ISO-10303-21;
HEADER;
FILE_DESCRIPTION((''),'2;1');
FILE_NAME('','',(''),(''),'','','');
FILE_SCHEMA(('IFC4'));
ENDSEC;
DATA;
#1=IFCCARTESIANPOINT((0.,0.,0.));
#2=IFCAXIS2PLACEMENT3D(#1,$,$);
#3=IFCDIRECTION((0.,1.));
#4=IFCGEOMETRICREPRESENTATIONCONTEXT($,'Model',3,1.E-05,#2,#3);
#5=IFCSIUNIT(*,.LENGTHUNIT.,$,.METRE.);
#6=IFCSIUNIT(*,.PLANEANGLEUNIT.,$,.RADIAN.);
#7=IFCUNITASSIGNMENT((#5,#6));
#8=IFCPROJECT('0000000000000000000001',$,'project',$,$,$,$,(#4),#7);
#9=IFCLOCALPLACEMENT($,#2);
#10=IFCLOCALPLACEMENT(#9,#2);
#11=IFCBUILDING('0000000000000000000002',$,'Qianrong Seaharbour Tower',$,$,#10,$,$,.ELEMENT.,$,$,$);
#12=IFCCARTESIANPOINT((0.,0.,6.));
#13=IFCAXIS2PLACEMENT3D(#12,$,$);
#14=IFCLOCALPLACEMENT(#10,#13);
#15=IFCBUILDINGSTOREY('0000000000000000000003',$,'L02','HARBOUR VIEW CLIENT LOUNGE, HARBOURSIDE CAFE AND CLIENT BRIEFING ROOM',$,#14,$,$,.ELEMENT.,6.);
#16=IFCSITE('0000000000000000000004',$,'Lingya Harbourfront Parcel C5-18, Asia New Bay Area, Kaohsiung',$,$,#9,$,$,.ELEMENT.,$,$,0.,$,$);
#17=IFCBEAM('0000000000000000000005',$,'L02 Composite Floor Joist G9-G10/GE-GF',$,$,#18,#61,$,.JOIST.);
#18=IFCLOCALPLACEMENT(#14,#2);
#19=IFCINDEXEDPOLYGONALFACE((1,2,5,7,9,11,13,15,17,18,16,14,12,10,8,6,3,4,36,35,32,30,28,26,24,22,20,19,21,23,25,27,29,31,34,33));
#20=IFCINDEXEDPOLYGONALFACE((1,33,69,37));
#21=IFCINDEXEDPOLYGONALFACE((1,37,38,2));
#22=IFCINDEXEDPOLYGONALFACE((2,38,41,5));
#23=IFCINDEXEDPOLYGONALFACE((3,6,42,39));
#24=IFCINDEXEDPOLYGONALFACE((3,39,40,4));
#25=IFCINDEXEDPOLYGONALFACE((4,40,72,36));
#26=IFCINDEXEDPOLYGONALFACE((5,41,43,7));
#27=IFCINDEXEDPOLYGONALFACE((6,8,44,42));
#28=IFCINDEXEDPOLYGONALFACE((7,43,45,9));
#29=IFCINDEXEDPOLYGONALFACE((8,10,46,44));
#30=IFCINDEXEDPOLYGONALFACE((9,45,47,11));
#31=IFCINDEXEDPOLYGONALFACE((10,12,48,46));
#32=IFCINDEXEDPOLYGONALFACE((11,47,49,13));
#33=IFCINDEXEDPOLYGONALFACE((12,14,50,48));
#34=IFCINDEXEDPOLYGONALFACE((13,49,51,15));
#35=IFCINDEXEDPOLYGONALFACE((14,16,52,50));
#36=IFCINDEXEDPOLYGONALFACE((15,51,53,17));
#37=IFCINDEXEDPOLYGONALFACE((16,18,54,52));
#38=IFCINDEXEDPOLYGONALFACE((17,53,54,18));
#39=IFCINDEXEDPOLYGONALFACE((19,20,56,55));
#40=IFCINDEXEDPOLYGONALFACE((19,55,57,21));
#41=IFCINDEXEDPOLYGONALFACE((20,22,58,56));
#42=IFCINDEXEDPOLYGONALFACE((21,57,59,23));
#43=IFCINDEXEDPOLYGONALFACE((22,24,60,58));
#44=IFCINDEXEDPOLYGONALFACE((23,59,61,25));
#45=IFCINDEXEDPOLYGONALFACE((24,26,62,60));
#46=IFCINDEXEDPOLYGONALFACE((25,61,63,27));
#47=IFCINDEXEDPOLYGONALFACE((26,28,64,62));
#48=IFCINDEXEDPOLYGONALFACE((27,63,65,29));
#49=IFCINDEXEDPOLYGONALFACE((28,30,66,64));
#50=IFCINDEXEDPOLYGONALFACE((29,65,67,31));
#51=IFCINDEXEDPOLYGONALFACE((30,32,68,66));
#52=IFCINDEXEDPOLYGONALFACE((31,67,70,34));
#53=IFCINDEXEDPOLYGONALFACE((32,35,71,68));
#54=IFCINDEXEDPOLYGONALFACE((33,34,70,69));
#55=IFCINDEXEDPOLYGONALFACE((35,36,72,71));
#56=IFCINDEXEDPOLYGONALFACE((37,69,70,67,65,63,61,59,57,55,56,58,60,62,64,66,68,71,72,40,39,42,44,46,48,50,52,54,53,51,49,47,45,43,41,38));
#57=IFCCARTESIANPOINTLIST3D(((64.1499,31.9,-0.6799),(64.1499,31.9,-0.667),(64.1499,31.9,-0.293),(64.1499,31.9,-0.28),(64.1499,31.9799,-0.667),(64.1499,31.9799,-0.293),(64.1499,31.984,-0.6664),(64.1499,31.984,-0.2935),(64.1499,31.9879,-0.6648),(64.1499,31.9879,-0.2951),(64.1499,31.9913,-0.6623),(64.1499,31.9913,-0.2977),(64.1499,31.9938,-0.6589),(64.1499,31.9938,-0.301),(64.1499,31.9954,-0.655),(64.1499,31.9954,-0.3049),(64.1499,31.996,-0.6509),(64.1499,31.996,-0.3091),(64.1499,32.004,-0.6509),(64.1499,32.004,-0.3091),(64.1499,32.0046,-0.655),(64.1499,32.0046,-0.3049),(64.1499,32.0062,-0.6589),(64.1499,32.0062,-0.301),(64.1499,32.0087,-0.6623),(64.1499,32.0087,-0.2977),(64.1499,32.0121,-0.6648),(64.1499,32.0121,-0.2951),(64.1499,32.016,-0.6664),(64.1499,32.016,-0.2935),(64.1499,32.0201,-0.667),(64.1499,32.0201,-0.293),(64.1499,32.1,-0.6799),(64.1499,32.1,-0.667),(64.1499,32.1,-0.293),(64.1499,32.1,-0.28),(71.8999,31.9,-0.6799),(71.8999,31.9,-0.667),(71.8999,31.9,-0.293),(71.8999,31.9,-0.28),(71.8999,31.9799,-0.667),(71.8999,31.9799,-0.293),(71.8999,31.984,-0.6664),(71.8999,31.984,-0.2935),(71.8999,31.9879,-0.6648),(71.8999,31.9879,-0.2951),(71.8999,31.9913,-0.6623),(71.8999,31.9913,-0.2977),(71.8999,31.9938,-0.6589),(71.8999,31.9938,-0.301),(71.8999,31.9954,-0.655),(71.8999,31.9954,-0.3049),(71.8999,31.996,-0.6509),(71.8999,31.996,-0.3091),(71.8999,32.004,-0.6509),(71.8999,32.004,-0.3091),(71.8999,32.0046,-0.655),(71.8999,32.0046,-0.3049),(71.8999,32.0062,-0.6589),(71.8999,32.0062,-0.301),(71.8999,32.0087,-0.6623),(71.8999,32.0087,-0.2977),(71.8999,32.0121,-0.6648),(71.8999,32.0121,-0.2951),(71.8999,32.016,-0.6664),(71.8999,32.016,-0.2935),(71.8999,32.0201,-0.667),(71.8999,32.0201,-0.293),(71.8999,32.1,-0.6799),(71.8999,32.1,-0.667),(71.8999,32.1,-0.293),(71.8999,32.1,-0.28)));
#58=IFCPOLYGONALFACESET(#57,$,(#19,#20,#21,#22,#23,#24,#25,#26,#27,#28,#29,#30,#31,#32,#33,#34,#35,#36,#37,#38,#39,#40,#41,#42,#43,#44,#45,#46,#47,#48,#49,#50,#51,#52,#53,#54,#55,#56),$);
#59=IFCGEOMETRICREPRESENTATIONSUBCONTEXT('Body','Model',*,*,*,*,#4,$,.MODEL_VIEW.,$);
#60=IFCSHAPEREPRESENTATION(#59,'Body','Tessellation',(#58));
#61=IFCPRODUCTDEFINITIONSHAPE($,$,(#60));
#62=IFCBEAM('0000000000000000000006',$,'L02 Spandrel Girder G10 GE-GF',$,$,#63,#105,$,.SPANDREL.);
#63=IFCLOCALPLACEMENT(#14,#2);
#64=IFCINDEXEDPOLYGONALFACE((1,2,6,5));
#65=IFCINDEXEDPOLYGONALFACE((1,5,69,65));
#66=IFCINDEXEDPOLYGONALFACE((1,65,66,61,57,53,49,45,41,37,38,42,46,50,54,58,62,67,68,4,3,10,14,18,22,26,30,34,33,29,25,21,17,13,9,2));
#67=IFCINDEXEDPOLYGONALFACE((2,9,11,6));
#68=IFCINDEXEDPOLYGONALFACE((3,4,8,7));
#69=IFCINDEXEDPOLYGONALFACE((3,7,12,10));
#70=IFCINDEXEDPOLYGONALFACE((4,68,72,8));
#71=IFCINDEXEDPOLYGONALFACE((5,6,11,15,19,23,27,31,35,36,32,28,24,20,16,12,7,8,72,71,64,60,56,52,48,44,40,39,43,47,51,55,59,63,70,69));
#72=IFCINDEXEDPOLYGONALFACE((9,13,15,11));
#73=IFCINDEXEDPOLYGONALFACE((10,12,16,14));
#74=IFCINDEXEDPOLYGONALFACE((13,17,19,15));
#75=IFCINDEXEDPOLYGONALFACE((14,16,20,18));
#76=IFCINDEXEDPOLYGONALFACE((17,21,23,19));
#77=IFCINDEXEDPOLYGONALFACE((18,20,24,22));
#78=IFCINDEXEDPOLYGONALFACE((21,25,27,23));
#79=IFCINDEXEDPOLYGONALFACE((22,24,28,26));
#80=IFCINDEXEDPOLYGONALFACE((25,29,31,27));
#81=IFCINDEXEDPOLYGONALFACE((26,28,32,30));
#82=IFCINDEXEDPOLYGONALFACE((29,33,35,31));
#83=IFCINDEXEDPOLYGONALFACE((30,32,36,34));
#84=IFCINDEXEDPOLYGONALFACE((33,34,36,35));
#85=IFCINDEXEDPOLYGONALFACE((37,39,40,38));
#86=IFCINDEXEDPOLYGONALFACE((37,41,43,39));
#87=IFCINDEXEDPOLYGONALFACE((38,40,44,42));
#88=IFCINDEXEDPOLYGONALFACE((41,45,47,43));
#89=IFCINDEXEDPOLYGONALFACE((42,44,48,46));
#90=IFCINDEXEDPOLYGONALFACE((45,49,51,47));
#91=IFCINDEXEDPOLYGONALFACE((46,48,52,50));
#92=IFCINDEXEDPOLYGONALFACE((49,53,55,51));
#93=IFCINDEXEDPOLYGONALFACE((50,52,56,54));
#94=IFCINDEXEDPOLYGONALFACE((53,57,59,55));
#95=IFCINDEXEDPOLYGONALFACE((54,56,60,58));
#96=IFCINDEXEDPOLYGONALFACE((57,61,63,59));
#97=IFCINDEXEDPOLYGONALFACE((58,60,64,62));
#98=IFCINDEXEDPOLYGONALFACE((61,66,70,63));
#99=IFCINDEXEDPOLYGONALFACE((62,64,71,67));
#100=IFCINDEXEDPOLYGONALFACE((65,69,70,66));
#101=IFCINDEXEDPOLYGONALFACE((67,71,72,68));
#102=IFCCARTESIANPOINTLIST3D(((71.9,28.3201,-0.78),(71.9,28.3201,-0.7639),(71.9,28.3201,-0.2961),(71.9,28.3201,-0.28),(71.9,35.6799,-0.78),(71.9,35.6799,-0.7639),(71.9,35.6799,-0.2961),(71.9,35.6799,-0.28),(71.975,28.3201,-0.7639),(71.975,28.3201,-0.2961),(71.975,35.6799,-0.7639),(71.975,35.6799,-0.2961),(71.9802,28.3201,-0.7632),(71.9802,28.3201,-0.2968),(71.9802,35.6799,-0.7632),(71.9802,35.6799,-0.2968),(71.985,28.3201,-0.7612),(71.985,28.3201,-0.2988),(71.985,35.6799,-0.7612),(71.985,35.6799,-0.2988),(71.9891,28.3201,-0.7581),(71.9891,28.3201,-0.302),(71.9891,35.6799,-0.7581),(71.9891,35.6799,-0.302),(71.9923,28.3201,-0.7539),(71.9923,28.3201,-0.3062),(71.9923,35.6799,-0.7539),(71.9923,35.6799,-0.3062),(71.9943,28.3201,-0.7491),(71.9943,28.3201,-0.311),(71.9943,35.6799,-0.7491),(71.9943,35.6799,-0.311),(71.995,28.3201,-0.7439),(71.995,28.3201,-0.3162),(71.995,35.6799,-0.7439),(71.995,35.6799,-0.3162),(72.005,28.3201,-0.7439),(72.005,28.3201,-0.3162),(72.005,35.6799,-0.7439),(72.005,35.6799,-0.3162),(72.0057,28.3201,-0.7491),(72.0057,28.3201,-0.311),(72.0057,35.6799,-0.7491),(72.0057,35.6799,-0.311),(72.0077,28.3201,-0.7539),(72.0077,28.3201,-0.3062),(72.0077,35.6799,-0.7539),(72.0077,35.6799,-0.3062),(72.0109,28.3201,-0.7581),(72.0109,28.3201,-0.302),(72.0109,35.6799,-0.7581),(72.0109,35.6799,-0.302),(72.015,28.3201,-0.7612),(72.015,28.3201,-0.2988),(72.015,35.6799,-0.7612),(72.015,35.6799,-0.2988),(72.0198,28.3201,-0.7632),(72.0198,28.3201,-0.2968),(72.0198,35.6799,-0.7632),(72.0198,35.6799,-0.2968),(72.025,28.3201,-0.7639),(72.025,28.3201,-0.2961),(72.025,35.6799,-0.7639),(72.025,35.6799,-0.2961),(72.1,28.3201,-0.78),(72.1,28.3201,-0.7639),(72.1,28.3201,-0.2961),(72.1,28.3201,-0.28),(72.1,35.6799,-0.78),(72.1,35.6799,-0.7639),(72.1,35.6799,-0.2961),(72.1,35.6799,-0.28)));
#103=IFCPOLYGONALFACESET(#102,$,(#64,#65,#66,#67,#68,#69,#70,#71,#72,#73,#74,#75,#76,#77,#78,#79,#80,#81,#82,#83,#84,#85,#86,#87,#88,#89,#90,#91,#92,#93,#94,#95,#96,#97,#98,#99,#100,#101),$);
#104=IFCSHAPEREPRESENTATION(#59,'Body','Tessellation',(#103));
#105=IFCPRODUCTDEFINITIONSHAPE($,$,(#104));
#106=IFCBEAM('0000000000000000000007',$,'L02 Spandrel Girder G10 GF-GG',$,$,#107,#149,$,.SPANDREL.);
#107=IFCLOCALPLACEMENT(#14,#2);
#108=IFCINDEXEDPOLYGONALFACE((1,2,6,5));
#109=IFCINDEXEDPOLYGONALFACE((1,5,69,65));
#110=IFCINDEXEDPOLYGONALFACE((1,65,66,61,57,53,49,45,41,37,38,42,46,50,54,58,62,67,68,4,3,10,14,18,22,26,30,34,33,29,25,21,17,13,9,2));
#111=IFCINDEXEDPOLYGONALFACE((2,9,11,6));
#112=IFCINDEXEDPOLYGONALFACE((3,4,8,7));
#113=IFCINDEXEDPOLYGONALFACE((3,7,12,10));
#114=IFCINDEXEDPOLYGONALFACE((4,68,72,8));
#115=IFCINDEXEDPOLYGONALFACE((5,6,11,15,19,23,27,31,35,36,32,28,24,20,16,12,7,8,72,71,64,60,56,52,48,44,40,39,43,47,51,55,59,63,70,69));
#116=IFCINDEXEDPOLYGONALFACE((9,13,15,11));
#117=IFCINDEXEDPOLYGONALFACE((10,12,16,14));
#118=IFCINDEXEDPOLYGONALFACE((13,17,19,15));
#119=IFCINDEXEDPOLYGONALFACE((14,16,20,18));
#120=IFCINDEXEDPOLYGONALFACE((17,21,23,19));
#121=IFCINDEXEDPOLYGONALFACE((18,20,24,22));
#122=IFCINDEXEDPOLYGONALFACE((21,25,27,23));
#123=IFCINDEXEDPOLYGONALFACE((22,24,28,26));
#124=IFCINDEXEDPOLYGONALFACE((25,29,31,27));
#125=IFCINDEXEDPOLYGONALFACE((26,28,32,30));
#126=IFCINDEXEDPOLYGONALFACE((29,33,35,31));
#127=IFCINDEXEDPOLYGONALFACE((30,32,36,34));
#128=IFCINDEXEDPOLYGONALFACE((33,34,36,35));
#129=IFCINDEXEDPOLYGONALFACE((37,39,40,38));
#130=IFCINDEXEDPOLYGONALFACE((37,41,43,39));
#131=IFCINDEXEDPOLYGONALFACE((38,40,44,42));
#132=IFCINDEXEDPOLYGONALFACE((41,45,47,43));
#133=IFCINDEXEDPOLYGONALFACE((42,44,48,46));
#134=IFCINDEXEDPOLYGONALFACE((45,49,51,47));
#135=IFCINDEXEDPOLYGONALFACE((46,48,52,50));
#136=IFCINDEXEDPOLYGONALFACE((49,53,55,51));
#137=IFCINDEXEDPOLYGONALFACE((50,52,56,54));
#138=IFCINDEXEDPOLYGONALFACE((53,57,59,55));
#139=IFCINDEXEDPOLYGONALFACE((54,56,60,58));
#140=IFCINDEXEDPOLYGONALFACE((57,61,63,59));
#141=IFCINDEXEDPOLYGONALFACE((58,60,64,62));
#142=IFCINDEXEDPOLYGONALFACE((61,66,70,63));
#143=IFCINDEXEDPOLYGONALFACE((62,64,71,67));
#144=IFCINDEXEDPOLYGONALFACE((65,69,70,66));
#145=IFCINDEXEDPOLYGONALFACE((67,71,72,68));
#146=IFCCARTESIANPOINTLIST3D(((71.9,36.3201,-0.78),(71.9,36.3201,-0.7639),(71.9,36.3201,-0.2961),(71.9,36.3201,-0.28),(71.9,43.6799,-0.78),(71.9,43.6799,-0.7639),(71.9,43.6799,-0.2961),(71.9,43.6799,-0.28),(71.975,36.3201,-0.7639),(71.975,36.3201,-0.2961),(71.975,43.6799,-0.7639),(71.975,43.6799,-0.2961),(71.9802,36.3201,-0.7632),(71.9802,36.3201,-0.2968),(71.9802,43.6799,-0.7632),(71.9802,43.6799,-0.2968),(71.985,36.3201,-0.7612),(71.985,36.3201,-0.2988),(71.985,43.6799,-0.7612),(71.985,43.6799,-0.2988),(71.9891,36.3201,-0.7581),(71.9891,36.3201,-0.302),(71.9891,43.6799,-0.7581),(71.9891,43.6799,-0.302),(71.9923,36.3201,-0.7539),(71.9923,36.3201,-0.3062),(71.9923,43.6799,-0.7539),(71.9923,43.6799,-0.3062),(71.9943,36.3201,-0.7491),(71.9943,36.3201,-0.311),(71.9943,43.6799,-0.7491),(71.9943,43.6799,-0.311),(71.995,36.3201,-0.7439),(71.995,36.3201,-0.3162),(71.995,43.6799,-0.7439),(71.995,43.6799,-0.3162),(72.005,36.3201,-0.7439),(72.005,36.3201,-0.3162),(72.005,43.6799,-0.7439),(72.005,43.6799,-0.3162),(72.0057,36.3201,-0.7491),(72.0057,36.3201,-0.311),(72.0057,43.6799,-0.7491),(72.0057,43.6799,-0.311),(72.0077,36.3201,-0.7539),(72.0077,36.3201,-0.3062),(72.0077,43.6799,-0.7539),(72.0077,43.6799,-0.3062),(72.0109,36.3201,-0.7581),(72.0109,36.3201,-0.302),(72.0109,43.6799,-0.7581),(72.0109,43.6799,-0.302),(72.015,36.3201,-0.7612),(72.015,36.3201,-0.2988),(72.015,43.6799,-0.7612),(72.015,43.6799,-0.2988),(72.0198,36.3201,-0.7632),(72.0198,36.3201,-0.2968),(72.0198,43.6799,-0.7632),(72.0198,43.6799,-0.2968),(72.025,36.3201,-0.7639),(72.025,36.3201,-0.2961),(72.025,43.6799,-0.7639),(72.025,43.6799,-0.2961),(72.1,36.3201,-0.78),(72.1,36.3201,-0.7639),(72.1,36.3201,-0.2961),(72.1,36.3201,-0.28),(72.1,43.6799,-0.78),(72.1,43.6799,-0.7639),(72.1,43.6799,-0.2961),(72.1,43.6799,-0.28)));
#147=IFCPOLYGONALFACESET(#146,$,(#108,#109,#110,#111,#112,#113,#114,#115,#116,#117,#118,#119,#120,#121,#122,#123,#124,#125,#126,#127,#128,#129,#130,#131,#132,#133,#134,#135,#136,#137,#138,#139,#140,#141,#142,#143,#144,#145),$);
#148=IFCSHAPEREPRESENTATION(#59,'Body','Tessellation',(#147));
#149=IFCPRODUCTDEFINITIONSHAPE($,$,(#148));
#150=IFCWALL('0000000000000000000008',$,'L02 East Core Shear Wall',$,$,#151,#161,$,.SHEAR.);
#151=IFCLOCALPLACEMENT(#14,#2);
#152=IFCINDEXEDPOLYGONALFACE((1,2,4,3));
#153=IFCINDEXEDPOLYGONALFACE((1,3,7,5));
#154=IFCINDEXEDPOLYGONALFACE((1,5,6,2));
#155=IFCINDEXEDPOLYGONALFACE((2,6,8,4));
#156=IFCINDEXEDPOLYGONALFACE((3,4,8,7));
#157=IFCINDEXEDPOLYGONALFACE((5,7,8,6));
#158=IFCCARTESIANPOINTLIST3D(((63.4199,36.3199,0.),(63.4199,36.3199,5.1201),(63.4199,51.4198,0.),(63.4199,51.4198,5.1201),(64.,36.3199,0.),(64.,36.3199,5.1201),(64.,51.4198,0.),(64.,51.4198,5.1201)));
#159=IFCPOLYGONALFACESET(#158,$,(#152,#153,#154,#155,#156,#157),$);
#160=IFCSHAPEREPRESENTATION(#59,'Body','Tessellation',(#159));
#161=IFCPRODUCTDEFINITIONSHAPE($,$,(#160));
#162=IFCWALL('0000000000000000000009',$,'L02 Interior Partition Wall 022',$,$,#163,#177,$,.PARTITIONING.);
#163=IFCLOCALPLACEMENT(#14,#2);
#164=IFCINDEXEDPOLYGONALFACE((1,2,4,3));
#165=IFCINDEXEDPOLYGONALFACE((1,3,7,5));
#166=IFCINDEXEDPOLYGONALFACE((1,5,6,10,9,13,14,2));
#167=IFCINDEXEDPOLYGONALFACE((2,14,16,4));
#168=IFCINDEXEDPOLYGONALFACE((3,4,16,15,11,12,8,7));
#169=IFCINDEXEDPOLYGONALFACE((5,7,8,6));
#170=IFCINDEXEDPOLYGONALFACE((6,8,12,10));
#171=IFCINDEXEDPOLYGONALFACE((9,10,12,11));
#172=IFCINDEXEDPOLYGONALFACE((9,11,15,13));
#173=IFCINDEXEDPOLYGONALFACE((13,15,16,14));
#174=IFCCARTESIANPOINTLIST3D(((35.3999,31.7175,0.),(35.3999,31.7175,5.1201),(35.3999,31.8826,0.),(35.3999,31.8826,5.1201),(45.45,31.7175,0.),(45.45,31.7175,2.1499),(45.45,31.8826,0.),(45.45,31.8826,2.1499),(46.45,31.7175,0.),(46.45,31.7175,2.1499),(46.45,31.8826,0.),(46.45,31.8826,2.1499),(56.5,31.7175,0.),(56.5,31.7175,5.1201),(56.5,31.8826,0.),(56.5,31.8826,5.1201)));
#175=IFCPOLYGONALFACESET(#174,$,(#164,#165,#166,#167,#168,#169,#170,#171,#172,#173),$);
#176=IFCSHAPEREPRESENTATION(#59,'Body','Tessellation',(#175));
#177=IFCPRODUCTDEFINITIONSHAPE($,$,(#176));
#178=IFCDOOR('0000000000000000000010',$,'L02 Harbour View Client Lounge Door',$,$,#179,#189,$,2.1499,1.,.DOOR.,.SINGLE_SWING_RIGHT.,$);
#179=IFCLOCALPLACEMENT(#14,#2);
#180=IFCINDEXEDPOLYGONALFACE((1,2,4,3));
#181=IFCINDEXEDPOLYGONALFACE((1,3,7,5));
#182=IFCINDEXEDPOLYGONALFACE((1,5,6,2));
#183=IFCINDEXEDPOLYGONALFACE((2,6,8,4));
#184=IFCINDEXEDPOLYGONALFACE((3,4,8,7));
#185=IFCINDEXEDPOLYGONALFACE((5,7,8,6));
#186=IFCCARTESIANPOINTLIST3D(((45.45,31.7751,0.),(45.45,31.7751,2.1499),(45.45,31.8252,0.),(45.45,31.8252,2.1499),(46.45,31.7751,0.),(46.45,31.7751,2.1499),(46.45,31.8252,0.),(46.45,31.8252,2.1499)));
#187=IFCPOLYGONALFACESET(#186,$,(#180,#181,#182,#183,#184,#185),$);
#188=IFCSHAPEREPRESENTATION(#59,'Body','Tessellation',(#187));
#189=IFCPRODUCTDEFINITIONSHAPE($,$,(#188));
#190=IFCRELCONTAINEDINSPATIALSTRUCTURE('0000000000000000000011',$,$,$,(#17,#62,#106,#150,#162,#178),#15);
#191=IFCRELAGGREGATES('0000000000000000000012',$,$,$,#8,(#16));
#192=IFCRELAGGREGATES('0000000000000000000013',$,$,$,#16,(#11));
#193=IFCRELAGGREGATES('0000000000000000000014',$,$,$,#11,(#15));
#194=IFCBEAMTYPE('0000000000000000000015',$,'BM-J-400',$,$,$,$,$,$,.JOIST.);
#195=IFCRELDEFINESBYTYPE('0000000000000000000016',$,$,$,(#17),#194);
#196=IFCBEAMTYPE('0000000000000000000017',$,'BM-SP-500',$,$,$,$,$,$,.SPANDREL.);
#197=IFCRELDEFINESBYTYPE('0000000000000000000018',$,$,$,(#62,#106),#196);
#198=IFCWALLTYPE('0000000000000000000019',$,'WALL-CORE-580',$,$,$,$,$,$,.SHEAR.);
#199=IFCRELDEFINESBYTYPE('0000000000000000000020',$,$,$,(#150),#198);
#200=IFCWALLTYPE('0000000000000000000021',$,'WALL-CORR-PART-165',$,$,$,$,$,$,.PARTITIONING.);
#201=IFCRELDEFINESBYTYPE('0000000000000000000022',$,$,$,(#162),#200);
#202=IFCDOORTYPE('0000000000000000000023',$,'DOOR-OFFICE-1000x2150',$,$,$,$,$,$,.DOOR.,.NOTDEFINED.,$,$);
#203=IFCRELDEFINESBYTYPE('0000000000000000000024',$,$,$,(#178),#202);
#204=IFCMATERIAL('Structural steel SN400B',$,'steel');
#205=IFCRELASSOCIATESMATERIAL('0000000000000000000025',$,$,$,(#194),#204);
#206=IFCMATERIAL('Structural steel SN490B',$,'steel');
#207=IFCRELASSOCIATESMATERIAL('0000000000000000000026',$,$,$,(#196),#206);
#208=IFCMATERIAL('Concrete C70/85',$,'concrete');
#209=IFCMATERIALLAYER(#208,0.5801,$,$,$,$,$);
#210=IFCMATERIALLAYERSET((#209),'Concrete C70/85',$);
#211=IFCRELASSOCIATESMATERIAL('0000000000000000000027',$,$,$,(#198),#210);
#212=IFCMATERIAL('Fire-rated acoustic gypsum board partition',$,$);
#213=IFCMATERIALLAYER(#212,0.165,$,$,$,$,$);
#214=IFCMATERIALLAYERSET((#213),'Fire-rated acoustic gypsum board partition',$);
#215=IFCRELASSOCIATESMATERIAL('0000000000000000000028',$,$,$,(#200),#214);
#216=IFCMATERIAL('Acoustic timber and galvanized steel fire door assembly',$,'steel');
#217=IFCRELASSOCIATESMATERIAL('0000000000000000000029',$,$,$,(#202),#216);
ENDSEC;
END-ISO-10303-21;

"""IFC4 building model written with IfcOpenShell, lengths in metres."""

from ifc_helpers import new_model, si_unit, direction, frame, frame_2d, origin, origin_2d, place, context, subcontext, project, spatial, rectangle, i_section, extrude, material, layer, layer_set, material_profile, profile_set, type_object, element, fill, save


model = new_model("IFC4")

# Units and contexts
model_context = context("Model", 3, precision=1e-05, world=origin(), true_north=direction((0.0, 1.0)))
body_context = subcontext(model_context, "Body", "Model", "MODEL_VIEW")
ifc_project = project(units=[si_unit("LENGTHUNIT", "METRE"), si_unit("PLANEANGLEUNIT", "RADIAN")], contexts=[model_context])

# Site, building, storey
site_placement = place(None, origin())
site = spatial("IfcSite", under=ifc_project, at=site_placement, Name="Lingya Harbourfront Parcel C5-18, Asia New Bay Area, Kaohsiung", CompositionType="ELEMENT", RefElevation=0.0)
building_placement = place(site_placement, origin())
building = spatial("IfcBuilding", under=site, at=building_placement, Name="Qianrong Seaharbour Tower", CompositionType="ELEMENT")
storey_placement = place(building_placement, frame((0.0, 0.0, 6.0)))
storey = spatial("IfcBuildingStorey", under=building, at=storey_placement, Name="L02", Description="HARBOUR VIEW CLIENT LOUNGE, HARBOURSIDE CAFE AND CLIENT BRIEFING ROOM", CompositionType="ELEMENT", Elevation=6.0)

# Shared definitions
ifc_material_1 = material(Name="Structural steel SN490B", Category="steel")
ifc_material_2 = material(Name="Concrete C70/85", Category="concrete")

# Beams
ifc_material_3 = material(Name="Structural steel SN400B", Category="steel")
ifc_material_profile_1 = material_profile(ifc_material_3, i_section(OverallWidth=0.2, OverallDepth=0.3999, WebThickness=0.0081, FlangeThickness=0.0129, FilletRadius=0.0161, at=origin_2d()), Name="H400x200x8x13")
ifc_profile_set_1 = profile_set([ifc_material_profile_1], Name="Structural steel SN400B")
beam_type_1 = type_object("IfcBeamType", Name="BM-J-400", PredefinedType="JOIST", material=ifc_profile_set_1)
beam_1_placement = place(storey_placement, frame((64.1499, 32.0, -0.48), z_axis=(1.0, 0.0, 0.0), x_axis=(0.0, 1.0, 0.0)))
element("IfcBeam", 1, at=beam_1_placement, inside=storey, type_object=beam_type_1, Name="L02 Composite Floor Joist G9-G10/GE-GF", PredefinedType="JOIST", context=body_context, shape_type="SweptSolid", body=[
    extrude(i_section(OverallWidth=0.2, OverallDepth=0.3999, WebThickness=0.0081, FlangeThickness=0.0129, FilletRadius=0.0161, at=origin_2d()), origin(), (0.0, 0.0, 1.0), 7.75),
])
ifc_material_profile_2 = material_profile(ifc_material_1, i_section(OverallWidth=0.2, OverallDepth=0.5, WebThickness=0.01, FlangeThickness=0.0161, FilletRadius=0.02, at=origin_2d()), Name="H500x200x10x16")
ifc_profile_set_2 = profile_set([ifc_material_profile_2], Name="Structural steel SN490B")
beam_type_2 = type_object("IfcBeamType", Name="BM-SP-500", PredefinedType="SPANDREL", material=ifc_profile_set_2)
for number, where, z_axis, x_axis, name in (
    (2, (72.0, 28.3201, -0.53), (0.0, 1.0, 0.0), (-1.0, 0.0, 0.0), "L02 Spandrel Girder G10 GE-GF"),
    (3, (72.0, 36.3201, -0.53), (0.0, 1.0, 0.0), (-1.0, 0.0, 0.0), "L02 Spandrel Girder G10 GF-GG"),
):
    element("IfcBeam", number, at=place(storey_placement, frame(where, z_axis=z_axis, x_axis=x_axis)), inside=storey, type_object=beam_type_2, Name=name, PredefinedType="SPANDREL", context=body_context, shape_type="SweptSolid", body=[
        extrude(i_section(OverallWidth=0.2, OverallDepth=0.5, WebThickness=0.01, FlangeThickness=0.0161, FilletRadius=0.02, at=origin_2d()), origin(), (0.0, 0.0, 1.0), 7.3599),
    ])

# Wall
ifc_layer_1 = layer(ifc_material_2, 0.5801)
ifc_layer_set_1 = layer_set([ifc_layer_1], Name="Concrete C70/85")
wall_type_1 = type_object("IfcWallType", Name="WALL-CORE-580", PredefinedType="SHEAR", material=ifc_layer_set_1)
wall_1_placement = place(storey_placement, frame((63.71, 36.3201, 0.0), z_axis=(0.0, 0.0, 1.0), x_axis=(0.0, 1.0, 0.0)))
element("IfcWall", 4, at=wall_1_placement, inside=storey, type_object=wall_type_1, Name="L02 East Core Shear Wall", PredefinedType="SHEAR", context=body_context, shape_type="SweptSolid", body=[
    extrude(rectangle(XDim=15.0999, YDim=0.5801, at=frame_2d((7.5498, 0.0))), origin(), (0.0, 0.0, 1.0), 5.1201),
])

# Wall, opening, door
ifc_material_4 = material(Name="Fire-rated acoustic gypsum board partition")
ifc_layer_2 = layer(ifc_material_4, 0.165)
ifc_layer_set_2 = layer_set([ifc_layer_2], Name="Fire-rated acoustic gypsum board partition")
wall_type_2 = type_object("IfcWallType", Name="WALL-CORR-PART-165", PredefinedType="PARTITIONING", material=ifc_layer_set_2)
wall_2_placement = place(storey_placement, frame((56.5, 31.8, 0.0), z_axis=(0.0, 0.0, 1.0), x_axis=(-1.0, 0.0, 0.0)))
wall_2 = element("IfcWall", 5, at=wall_2_placement, inside=storey, type_object=wall_type_2, Name="L02 Interior Partition Wall 022", PredefinedType="PARTITIONING", context=body_context, shape_type="SweptSolid", body=[
    extrude(rectangle(XDim=21.1001, YDim=0.165, at=frame_2d((10.55, 0.0))), origin(), (0.0, 0.0, 1.0), 5.1201),
])
opening_placement = place(wall_2_placement, frame((10.05, 0.0, 0.0)))
opening = element("IfcOpeningElement", 6, at=opening_placement, cuts=wall_2, PredefinedType="OPENING", context=body_context, shape_type="SweptSolid", body=[
    extrude(rectangle(XDim=1.0, YDim=2.1499, at=frame_2d((0.5, 1.075))), frame((0.0, 0.0925, 0.0), z_axis=(0.0, -1.0, 0.0), x_axis=(1.0, 0.0, 0.0)), (0.0, 0.0, 1.0), 0.1851),
])
ifc_material_5 = material(Name="Acoustic timber and galvanized steel fire door assembly", Category="steel")
door_type = type_object("IfcDoorType", Name="DOOR-OFFICE-1000x2150", OperationType="NOTDEFINED", PredefinedType="DOOR", material=ifc_material_5)
door_placement = place(opening_placement, origin())
door = element("IfcDoor", 7, at=door_placement, inside=storey, type_object=door_type, Name="L02 Harbour View Client Lounge Door", OperationType="SINGLE_SWING_RIGHT", OverallHeight=2.1499, OverallWidth=1.0, PredefinedType="DOOR", context=body_context, shape_type="SweptSolid", body=[
    extrude(rectangle(XDim=1.0, YDim=2.1499, at=frame_2d((0.5, 1.075))), frame((0.0, 0.0249, 0.0), z_axis=(0.0, -1.0, 0.0), x_axis=(1.0, 0.0, 0.0)), (0.0, 0.0, 1.0), 0.05),
])
fill(opening, door)

save(model, "model.ifc")
